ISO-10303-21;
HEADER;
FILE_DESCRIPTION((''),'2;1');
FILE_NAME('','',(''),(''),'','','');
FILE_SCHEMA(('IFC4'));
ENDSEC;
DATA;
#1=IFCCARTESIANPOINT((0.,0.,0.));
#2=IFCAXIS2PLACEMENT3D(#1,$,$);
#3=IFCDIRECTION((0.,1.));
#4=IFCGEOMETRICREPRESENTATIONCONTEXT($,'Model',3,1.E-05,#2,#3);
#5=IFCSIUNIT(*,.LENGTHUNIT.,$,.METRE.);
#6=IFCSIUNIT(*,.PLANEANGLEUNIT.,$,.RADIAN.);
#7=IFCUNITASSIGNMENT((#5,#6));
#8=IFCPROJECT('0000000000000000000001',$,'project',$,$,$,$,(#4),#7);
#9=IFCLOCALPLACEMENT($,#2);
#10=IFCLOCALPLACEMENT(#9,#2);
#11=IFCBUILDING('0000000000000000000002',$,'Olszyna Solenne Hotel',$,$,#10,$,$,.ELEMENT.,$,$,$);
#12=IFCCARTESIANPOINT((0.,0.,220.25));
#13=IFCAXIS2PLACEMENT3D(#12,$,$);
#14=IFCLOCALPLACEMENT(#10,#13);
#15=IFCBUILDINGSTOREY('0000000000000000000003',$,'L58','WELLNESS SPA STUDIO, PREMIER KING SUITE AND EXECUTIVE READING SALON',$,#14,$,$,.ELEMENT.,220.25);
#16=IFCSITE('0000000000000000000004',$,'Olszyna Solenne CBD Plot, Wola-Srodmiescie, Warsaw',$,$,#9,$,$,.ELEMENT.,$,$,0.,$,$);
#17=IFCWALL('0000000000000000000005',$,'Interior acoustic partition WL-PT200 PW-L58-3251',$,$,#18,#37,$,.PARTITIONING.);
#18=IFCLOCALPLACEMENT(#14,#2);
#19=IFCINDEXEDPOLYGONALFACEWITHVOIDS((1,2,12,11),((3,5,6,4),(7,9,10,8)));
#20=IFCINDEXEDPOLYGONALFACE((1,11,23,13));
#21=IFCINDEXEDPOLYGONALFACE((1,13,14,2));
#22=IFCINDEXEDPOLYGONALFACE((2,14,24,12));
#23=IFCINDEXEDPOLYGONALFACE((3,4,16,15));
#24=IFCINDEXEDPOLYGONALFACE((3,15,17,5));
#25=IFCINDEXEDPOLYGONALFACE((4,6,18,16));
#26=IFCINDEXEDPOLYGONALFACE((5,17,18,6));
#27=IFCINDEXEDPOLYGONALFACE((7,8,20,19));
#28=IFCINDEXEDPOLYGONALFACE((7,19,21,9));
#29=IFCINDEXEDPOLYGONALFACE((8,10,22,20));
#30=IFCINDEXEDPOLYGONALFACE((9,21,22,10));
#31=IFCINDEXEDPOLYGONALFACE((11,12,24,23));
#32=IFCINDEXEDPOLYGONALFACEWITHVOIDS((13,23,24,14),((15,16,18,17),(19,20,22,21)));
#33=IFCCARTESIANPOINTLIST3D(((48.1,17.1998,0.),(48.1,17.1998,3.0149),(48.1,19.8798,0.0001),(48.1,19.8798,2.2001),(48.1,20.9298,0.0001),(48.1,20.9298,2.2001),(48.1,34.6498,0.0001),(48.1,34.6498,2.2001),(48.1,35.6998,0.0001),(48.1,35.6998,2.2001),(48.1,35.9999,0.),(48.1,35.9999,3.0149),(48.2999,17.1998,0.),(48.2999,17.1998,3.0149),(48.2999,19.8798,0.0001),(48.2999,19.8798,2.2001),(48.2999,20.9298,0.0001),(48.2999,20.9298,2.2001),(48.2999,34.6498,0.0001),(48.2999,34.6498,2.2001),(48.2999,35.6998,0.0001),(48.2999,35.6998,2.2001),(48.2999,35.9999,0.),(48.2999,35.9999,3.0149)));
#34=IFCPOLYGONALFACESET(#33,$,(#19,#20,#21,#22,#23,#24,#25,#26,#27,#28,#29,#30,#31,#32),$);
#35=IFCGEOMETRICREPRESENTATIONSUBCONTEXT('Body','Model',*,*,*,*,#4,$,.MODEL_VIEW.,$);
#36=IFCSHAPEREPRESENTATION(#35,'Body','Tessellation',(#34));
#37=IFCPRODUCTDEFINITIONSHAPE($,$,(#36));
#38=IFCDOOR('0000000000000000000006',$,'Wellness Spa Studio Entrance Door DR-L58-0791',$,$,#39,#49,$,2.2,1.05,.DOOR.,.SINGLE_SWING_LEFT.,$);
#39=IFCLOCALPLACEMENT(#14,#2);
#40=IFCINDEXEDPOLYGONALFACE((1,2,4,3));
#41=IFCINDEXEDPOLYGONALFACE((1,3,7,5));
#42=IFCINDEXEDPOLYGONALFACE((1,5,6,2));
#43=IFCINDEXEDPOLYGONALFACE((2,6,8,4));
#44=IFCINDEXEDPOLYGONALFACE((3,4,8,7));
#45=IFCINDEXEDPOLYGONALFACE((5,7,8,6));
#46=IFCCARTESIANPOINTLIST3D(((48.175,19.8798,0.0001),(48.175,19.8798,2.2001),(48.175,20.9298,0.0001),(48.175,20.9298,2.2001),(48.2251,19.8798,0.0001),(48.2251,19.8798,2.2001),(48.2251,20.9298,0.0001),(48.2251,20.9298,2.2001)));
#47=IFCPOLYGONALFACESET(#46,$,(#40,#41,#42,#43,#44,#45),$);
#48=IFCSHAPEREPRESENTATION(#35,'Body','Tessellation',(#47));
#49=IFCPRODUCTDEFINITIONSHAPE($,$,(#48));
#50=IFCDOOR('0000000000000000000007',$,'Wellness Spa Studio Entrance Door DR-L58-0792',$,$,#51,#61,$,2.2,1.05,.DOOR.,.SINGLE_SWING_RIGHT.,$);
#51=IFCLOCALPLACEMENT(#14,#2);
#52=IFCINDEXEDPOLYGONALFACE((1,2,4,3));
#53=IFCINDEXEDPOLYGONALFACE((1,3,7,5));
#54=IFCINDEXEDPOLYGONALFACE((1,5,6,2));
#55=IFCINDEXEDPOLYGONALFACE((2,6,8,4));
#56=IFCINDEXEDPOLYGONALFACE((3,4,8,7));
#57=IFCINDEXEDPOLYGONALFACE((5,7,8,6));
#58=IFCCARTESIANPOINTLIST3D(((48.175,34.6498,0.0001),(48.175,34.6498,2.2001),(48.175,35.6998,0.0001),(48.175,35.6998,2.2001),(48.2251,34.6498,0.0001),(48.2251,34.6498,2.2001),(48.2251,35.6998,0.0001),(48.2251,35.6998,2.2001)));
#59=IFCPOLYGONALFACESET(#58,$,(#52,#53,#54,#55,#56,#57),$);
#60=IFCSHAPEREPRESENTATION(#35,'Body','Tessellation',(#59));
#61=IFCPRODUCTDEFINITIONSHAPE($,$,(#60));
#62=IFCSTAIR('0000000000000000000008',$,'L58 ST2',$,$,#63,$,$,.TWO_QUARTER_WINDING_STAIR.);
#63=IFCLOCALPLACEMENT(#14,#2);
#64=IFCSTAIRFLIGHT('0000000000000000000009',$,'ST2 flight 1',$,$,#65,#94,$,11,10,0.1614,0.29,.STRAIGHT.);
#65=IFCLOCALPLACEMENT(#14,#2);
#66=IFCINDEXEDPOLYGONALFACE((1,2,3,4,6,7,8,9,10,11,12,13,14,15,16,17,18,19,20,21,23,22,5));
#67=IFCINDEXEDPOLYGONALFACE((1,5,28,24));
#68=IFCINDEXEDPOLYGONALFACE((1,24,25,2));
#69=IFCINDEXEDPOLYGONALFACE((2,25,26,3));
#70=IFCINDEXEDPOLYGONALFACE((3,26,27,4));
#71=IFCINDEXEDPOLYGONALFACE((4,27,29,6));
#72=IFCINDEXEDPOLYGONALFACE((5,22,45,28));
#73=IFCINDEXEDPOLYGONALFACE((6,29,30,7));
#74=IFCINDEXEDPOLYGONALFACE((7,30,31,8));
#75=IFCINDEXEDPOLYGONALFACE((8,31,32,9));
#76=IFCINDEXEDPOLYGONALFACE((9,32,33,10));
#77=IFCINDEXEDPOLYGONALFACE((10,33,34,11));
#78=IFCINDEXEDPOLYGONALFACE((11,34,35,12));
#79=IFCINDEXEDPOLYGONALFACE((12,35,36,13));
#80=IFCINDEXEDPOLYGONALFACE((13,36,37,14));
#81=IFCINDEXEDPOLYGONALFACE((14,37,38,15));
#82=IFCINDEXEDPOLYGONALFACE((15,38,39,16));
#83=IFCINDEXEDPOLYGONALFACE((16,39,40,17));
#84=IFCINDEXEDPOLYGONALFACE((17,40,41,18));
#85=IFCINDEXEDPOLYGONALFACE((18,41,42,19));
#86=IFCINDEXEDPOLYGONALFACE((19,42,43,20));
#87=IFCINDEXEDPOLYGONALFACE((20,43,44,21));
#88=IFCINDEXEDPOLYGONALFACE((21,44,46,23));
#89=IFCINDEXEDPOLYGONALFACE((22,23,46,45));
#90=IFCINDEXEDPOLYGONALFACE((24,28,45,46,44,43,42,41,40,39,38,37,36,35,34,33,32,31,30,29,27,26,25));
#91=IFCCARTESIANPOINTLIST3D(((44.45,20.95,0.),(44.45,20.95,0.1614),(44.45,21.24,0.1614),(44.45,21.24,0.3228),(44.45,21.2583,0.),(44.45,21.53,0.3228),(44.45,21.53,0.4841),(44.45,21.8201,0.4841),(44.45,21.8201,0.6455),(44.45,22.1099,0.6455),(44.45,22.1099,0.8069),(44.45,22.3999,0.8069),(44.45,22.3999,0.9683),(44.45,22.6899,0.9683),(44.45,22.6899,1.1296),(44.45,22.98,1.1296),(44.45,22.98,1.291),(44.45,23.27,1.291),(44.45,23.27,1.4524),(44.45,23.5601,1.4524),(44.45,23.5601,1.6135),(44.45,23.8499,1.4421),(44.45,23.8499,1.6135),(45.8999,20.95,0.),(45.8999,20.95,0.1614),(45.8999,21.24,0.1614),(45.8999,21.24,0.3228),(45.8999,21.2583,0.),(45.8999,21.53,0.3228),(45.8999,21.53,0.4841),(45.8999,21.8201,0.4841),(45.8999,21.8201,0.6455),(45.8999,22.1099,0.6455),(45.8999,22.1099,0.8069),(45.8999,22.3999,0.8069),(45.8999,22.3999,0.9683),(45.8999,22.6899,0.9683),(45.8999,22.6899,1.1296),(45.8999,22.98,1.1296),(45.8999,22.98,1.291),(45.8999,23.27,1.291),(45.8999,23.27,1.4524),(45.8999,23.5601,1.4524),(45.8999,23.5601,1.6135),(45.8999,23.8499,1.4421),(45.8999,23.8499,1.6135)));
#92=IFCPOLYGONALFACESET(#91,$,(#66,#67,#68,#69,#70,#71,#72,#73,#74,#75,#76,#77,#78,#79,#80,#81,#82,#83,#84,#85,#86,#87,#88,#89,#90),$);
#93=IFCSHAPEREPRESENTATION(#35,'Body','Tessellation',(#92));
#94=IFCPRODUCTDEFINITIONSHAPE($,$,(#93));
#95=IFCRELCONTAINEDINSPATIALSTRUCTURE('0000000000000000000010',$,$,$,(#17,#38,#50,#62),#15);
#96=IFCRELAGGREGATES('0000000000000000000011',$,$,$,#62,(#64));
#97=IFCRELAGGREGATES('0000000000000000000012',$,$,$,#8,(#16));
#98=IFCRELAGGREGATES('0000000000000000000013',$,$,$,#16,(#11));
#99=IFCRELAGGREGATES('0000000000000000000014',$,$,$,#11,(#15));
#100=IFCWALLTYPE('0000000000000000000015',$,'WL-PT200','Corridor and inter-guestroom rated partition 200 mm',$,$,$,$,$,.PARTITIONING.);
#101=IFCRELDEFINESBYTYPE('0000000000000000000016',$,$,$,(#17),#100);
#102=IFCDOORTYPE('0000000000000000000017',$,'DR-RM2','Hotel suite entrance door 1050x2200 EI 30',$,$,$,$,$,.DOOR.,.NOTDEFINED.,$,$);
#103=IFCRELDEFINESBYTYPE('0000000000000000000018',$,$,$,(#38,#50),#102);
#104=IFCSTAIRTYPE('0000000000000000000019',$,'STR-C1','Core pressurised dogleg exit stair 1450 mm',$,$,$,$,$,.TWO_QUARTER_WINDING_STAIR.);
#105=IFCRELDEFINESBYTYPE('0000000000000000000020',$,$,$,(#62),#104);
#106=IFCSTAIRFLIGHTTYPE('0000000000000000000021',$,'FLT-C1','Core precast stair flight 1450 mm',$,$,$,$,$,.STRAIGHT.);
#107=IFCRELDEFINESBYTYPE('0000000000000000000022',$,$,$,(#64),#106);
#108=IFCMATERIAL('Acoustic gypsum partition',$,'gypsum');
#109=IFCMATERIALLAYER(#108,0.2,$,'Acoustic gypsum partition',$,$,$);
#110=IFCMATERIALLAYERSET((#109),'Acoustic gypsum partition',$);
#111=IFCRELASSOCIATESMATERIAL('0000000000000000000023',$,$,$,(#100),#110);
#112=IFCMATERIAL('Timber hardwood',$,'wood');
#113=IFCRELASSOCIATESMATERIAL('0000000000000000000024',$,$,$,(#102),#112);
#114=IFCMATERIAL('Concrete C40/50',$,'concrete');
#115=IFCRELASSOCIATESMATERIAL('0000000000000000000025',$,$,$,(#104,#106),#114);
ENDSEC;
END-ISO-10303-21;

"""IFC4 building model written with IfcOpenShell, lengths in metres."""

from ifc_helpers import new_model, si_unit, direction, frame, frame_2d, origin, place, context, subcontext, project, spatial, polyline, rectangle, outline, extrude, source, transform, mapped, material, layer, layer_set, type_object, type_shapes, element, fill, aggregate, save


model = new_model("IFC4")

# Units and contexts
model_context = context("Model", 3, precision=1e-05, world=origin(), true_north=direction((0.0, 1.0)))
body_context = subcontext(model_context, "Body", "Model", "MODEL_VIEW")
ifc_project = project(units=[si_unit("LENGTHUNIT", "METRE"), si_unit("PLANEANGLEUNIT", "RADIAN")], contexts=[model_context])

# Site, building, storey
site_placement = place(None, origin())
site = spatial("IfcSite", under=ifc_project, at=site_placement, Name="Olszyna Solenne CBD Plot, Wola-Srodmiescie, Warsaw", CompositionType="ELEMENT", RefElevation=0.0)
building_placement = place(site_placement, origin())
building = spatial("IfcBuilding", under=site, at=building_placement, Name="Olszyna Solenne Hotel", CompositionType="ELEMENT")
storey_placement = place(building_placement, frame((0.0, 0.0, 220.25)))
storey = spatial("IfcBuildingStorey", under=building, at=storey_placement, Name="L58", Description="WELLNESS SPA STUDIO, PREMIER KING SUITE AND EXECUTIVE READING SALON", CompositionType="ELEMENT", Elevation=220.25)

# Shared definitions
ifc_material_1 = material(Name="Acoustic gypsum partition", Category="gypsum")

# Shared definitions
ifc_layer_1 = layer(ifc_material_1, 0.2, Name="Acoustic gypsum partition")
ifc_layer_set_1 = layer_set([ifc_layer_1], Name="Acoustic gypsum partition")
wall_type_1 = type_object("IfcWallType", Name="WL-PT200", Description="Corridor and inter-guestroom rated partition 200 mm", PredefinedType="PARTITIONING", material=ifc_layer_set_1)

# Wall, openings, doors
wall_1_placement = place(storey_placement, frame((48.2, 17.2, 0.0), z_axis=(0.0, 0.0, 1.0), x_axis=(0.0, 1.0, 0.0)))
wall_1 = element("IfcWall", 1, at=wall_1_placement, inside=storey, type_object=wall_type_1, Name="Interior acoustic partition WL-PT200 PW-L58-3251", PredefinedType="PARTITIONING", context=body_context, shape_type="SweptSolid", body=[
    extrude(rectangle(XDim=18.8, YDim=0.2, at=frame_2d((9.3999, 0.0))), origin(), (0.0, 0.0, 1.0), 3.0149),
])
opening_1_placement = place(wall_1_placement, frame((2.6799, 0.0, 0.0)))
opening_1 = element("IfcOpeningElement", 2, at=opening_1_placement, cuts=wall_1, PredefinedType="OPENING", context=body_context, shape_type="SweptSolid", body=[
    extrude(rectangle(XDim=1.05, YDim=2.2, at=frame_2d((0.5249, 1.1001))), frame((0.0, 0.1099, 0.0), z_axis=(0.0, -1.0, 0.0), x_axis=(1.0, 0.0, 0.0)), (0.0, 0.0, 1.0), 0.22),
])
opening_2_placement = place(wall_1_placement, frame((17.45, 0.0, 0.0)))
opening_2 = element("IfcOpeningElement", 3, at=opening_2_placement, cuts=wall_1, PredefinedType="OPENING", context=body_context, shape_type="SweptSolid", body=[
    extrude(rectangle(XDim=1.05, YDim=2.2, at=frame_2d((0.5249, 1.1001))), frame((0.0, 0.1099, 0.0), z_axis=(0.0, -1.0, 0.0), x_axis=(1.0, 0.0, 0.0)), (0.0, 0.0, 1.0), 0.22),
])
ifc_material_2 = material(Name="Timber hardwood", Category="wood")
door_type_1 = type_object("IfcDoorType", Name="DR-RM2", Description="Hotel suite entrance door 1050x2200 EI 30", OperationType="NOTDEFINED", PredefinedType="DOOR", material=ifc_material_2)
shared_shape_1 = source(origin(), body_context, "Body", "SweptSolid", [
    extrude(rectangle(XDim=1.05, YDim=2.2, at=frame_2d((0.5249, 1.1001))), frame((0.0, 0.0249, 0.0), z_axis=(0.0, -1.0, 0.0), x_axis=(1.0, 0.0, 0.0)), (0.0, 0.0, 1.0), 0.05),
])
type_shapes(door_type_1, [shared_shape_1])
door_1_placement = place(opening_1_placement, origin())
door_1 = element("IfcDoor", 4, at=door_1_placement, inside=storey, type_object=door_type_1, Name="Wellness Spa Studio Entrance Door DR-L58-0791", OperationType="SINGLE_SWING_LEFT", OverallHeight=2.2, OverallWidth=1.05, PredefinedType="DOOR", context=body_context, shape_type="MappedRepresentation", body=[
    mapped(shared_shape_1, transform((0.0, 0.0, 0.0), x_axis=(1.0, 0.0, 0.0), y_axis=(0.0, 1.0, 0.0), z_axis=(0.0, 0.0, 1.0), scale=1.0)),
])
fill(opening_1, door_1)
door_2_placement = place(opening_2_placement, origin())
door_2 = element("IfcDoor", 5, at=door_2_placement, inside=storey, type_object=door_type_1, Name="Wellness Spa Studio Entrance Door DR-L58-0792", OperationType="SINGLE_SWING_RIGHT", OverallHeight=2.2, OverallWidth=1.05, PredefinedType="DOOR", context=body_context, shape_type="MappedRepresentation", body=[
    mapped(shared_shape_1, transform((0.0, 0.0, 0.0), x_axis=(1.0, 0.0, 0.0), y_axis=(0.0, 1.0, 0.0), z_axis=(0.0, 0.0, 1.0), scale=1.0)),
])
fill(opening_2, door_2)

# Stair, stair flight
ifc_material_3 = material(Name="Concrete C40/50", Category="concrete")
stair_type = type_object("IfcStairType", Name="STR-C1", Description="Core pressurised dogleg exit stair 1450 mm", PredefinedType="TWO_QUARTER_WINDING_STAIR", material=ifc_material_3)
stair_placement = place(storey_placement, origin())
stair = element("IfcStair", 6, at=stair_placement, inside=storey, type_object=stair_type, Name="L58 ST2", PredefinedType="TWO_QUARTER_WINDING_STAIR")
stair_flight_type = type_object("IfcStairFlightType", Name="FLT-C1", Description="Core precast stair flight 1450 mm", PredefinedType="STRAIGHT", material=ifc_material_3)
stair_flight_placement = place(storey_placement, frame((45.175, 20.95, 0.0), z_axis=(0.0, 0.0, 1.0), x_axis=(0.0, 1.0, 0.0)))
stair_flight = element("IfcStairFlight", 7, at=stair_flight_placement, type_object=stair_flight_type, Name="ST2 flight 1", NumberOfRisers=11, NumberOfTreads=10, PredefinedType="STRAIGHT", RiserHeight=0.1614, TreadLength=0.29, context=body_context, shape_type="SweptSolid", body=[
    extrude(outline(polyline([(0.0, 0.0), (0.0, 0.1614), (0.29, 0.1614), (0.29, 0.3228), (0.5801, 0.3228), (0.5801, 0.4841), (0.8701, 0.4841), (0.8701, 0.6455), (1.1599, 0.6455), (1.1599, 0.8069), (1.45, 0.8069), (1.45, 0.9683), (1.74, 0.9683), (1.74, 1.1296), (2.03, 1.1296), (2.03, 1.291), (2.3201, 1.291), (2.3201, 1.4524), (2.6101, 1.4524), (2.6101, 1.6135), (2.8999, 1.6135), (2.8999, 1.7749), (2.8999, 1.4421), (0.3083, 0.0), (0.0, 0.0)])), frame((0.0, 0.7251, 0.0), z_axis=(0.0, -1.0, 0.0), x_axis=(1.0, 0.0, 0.0)), (0.0, 0.0, 1.0), 1.45),
])
aggregate(stair, [stair_flight])

save(model, "model.ifc")
